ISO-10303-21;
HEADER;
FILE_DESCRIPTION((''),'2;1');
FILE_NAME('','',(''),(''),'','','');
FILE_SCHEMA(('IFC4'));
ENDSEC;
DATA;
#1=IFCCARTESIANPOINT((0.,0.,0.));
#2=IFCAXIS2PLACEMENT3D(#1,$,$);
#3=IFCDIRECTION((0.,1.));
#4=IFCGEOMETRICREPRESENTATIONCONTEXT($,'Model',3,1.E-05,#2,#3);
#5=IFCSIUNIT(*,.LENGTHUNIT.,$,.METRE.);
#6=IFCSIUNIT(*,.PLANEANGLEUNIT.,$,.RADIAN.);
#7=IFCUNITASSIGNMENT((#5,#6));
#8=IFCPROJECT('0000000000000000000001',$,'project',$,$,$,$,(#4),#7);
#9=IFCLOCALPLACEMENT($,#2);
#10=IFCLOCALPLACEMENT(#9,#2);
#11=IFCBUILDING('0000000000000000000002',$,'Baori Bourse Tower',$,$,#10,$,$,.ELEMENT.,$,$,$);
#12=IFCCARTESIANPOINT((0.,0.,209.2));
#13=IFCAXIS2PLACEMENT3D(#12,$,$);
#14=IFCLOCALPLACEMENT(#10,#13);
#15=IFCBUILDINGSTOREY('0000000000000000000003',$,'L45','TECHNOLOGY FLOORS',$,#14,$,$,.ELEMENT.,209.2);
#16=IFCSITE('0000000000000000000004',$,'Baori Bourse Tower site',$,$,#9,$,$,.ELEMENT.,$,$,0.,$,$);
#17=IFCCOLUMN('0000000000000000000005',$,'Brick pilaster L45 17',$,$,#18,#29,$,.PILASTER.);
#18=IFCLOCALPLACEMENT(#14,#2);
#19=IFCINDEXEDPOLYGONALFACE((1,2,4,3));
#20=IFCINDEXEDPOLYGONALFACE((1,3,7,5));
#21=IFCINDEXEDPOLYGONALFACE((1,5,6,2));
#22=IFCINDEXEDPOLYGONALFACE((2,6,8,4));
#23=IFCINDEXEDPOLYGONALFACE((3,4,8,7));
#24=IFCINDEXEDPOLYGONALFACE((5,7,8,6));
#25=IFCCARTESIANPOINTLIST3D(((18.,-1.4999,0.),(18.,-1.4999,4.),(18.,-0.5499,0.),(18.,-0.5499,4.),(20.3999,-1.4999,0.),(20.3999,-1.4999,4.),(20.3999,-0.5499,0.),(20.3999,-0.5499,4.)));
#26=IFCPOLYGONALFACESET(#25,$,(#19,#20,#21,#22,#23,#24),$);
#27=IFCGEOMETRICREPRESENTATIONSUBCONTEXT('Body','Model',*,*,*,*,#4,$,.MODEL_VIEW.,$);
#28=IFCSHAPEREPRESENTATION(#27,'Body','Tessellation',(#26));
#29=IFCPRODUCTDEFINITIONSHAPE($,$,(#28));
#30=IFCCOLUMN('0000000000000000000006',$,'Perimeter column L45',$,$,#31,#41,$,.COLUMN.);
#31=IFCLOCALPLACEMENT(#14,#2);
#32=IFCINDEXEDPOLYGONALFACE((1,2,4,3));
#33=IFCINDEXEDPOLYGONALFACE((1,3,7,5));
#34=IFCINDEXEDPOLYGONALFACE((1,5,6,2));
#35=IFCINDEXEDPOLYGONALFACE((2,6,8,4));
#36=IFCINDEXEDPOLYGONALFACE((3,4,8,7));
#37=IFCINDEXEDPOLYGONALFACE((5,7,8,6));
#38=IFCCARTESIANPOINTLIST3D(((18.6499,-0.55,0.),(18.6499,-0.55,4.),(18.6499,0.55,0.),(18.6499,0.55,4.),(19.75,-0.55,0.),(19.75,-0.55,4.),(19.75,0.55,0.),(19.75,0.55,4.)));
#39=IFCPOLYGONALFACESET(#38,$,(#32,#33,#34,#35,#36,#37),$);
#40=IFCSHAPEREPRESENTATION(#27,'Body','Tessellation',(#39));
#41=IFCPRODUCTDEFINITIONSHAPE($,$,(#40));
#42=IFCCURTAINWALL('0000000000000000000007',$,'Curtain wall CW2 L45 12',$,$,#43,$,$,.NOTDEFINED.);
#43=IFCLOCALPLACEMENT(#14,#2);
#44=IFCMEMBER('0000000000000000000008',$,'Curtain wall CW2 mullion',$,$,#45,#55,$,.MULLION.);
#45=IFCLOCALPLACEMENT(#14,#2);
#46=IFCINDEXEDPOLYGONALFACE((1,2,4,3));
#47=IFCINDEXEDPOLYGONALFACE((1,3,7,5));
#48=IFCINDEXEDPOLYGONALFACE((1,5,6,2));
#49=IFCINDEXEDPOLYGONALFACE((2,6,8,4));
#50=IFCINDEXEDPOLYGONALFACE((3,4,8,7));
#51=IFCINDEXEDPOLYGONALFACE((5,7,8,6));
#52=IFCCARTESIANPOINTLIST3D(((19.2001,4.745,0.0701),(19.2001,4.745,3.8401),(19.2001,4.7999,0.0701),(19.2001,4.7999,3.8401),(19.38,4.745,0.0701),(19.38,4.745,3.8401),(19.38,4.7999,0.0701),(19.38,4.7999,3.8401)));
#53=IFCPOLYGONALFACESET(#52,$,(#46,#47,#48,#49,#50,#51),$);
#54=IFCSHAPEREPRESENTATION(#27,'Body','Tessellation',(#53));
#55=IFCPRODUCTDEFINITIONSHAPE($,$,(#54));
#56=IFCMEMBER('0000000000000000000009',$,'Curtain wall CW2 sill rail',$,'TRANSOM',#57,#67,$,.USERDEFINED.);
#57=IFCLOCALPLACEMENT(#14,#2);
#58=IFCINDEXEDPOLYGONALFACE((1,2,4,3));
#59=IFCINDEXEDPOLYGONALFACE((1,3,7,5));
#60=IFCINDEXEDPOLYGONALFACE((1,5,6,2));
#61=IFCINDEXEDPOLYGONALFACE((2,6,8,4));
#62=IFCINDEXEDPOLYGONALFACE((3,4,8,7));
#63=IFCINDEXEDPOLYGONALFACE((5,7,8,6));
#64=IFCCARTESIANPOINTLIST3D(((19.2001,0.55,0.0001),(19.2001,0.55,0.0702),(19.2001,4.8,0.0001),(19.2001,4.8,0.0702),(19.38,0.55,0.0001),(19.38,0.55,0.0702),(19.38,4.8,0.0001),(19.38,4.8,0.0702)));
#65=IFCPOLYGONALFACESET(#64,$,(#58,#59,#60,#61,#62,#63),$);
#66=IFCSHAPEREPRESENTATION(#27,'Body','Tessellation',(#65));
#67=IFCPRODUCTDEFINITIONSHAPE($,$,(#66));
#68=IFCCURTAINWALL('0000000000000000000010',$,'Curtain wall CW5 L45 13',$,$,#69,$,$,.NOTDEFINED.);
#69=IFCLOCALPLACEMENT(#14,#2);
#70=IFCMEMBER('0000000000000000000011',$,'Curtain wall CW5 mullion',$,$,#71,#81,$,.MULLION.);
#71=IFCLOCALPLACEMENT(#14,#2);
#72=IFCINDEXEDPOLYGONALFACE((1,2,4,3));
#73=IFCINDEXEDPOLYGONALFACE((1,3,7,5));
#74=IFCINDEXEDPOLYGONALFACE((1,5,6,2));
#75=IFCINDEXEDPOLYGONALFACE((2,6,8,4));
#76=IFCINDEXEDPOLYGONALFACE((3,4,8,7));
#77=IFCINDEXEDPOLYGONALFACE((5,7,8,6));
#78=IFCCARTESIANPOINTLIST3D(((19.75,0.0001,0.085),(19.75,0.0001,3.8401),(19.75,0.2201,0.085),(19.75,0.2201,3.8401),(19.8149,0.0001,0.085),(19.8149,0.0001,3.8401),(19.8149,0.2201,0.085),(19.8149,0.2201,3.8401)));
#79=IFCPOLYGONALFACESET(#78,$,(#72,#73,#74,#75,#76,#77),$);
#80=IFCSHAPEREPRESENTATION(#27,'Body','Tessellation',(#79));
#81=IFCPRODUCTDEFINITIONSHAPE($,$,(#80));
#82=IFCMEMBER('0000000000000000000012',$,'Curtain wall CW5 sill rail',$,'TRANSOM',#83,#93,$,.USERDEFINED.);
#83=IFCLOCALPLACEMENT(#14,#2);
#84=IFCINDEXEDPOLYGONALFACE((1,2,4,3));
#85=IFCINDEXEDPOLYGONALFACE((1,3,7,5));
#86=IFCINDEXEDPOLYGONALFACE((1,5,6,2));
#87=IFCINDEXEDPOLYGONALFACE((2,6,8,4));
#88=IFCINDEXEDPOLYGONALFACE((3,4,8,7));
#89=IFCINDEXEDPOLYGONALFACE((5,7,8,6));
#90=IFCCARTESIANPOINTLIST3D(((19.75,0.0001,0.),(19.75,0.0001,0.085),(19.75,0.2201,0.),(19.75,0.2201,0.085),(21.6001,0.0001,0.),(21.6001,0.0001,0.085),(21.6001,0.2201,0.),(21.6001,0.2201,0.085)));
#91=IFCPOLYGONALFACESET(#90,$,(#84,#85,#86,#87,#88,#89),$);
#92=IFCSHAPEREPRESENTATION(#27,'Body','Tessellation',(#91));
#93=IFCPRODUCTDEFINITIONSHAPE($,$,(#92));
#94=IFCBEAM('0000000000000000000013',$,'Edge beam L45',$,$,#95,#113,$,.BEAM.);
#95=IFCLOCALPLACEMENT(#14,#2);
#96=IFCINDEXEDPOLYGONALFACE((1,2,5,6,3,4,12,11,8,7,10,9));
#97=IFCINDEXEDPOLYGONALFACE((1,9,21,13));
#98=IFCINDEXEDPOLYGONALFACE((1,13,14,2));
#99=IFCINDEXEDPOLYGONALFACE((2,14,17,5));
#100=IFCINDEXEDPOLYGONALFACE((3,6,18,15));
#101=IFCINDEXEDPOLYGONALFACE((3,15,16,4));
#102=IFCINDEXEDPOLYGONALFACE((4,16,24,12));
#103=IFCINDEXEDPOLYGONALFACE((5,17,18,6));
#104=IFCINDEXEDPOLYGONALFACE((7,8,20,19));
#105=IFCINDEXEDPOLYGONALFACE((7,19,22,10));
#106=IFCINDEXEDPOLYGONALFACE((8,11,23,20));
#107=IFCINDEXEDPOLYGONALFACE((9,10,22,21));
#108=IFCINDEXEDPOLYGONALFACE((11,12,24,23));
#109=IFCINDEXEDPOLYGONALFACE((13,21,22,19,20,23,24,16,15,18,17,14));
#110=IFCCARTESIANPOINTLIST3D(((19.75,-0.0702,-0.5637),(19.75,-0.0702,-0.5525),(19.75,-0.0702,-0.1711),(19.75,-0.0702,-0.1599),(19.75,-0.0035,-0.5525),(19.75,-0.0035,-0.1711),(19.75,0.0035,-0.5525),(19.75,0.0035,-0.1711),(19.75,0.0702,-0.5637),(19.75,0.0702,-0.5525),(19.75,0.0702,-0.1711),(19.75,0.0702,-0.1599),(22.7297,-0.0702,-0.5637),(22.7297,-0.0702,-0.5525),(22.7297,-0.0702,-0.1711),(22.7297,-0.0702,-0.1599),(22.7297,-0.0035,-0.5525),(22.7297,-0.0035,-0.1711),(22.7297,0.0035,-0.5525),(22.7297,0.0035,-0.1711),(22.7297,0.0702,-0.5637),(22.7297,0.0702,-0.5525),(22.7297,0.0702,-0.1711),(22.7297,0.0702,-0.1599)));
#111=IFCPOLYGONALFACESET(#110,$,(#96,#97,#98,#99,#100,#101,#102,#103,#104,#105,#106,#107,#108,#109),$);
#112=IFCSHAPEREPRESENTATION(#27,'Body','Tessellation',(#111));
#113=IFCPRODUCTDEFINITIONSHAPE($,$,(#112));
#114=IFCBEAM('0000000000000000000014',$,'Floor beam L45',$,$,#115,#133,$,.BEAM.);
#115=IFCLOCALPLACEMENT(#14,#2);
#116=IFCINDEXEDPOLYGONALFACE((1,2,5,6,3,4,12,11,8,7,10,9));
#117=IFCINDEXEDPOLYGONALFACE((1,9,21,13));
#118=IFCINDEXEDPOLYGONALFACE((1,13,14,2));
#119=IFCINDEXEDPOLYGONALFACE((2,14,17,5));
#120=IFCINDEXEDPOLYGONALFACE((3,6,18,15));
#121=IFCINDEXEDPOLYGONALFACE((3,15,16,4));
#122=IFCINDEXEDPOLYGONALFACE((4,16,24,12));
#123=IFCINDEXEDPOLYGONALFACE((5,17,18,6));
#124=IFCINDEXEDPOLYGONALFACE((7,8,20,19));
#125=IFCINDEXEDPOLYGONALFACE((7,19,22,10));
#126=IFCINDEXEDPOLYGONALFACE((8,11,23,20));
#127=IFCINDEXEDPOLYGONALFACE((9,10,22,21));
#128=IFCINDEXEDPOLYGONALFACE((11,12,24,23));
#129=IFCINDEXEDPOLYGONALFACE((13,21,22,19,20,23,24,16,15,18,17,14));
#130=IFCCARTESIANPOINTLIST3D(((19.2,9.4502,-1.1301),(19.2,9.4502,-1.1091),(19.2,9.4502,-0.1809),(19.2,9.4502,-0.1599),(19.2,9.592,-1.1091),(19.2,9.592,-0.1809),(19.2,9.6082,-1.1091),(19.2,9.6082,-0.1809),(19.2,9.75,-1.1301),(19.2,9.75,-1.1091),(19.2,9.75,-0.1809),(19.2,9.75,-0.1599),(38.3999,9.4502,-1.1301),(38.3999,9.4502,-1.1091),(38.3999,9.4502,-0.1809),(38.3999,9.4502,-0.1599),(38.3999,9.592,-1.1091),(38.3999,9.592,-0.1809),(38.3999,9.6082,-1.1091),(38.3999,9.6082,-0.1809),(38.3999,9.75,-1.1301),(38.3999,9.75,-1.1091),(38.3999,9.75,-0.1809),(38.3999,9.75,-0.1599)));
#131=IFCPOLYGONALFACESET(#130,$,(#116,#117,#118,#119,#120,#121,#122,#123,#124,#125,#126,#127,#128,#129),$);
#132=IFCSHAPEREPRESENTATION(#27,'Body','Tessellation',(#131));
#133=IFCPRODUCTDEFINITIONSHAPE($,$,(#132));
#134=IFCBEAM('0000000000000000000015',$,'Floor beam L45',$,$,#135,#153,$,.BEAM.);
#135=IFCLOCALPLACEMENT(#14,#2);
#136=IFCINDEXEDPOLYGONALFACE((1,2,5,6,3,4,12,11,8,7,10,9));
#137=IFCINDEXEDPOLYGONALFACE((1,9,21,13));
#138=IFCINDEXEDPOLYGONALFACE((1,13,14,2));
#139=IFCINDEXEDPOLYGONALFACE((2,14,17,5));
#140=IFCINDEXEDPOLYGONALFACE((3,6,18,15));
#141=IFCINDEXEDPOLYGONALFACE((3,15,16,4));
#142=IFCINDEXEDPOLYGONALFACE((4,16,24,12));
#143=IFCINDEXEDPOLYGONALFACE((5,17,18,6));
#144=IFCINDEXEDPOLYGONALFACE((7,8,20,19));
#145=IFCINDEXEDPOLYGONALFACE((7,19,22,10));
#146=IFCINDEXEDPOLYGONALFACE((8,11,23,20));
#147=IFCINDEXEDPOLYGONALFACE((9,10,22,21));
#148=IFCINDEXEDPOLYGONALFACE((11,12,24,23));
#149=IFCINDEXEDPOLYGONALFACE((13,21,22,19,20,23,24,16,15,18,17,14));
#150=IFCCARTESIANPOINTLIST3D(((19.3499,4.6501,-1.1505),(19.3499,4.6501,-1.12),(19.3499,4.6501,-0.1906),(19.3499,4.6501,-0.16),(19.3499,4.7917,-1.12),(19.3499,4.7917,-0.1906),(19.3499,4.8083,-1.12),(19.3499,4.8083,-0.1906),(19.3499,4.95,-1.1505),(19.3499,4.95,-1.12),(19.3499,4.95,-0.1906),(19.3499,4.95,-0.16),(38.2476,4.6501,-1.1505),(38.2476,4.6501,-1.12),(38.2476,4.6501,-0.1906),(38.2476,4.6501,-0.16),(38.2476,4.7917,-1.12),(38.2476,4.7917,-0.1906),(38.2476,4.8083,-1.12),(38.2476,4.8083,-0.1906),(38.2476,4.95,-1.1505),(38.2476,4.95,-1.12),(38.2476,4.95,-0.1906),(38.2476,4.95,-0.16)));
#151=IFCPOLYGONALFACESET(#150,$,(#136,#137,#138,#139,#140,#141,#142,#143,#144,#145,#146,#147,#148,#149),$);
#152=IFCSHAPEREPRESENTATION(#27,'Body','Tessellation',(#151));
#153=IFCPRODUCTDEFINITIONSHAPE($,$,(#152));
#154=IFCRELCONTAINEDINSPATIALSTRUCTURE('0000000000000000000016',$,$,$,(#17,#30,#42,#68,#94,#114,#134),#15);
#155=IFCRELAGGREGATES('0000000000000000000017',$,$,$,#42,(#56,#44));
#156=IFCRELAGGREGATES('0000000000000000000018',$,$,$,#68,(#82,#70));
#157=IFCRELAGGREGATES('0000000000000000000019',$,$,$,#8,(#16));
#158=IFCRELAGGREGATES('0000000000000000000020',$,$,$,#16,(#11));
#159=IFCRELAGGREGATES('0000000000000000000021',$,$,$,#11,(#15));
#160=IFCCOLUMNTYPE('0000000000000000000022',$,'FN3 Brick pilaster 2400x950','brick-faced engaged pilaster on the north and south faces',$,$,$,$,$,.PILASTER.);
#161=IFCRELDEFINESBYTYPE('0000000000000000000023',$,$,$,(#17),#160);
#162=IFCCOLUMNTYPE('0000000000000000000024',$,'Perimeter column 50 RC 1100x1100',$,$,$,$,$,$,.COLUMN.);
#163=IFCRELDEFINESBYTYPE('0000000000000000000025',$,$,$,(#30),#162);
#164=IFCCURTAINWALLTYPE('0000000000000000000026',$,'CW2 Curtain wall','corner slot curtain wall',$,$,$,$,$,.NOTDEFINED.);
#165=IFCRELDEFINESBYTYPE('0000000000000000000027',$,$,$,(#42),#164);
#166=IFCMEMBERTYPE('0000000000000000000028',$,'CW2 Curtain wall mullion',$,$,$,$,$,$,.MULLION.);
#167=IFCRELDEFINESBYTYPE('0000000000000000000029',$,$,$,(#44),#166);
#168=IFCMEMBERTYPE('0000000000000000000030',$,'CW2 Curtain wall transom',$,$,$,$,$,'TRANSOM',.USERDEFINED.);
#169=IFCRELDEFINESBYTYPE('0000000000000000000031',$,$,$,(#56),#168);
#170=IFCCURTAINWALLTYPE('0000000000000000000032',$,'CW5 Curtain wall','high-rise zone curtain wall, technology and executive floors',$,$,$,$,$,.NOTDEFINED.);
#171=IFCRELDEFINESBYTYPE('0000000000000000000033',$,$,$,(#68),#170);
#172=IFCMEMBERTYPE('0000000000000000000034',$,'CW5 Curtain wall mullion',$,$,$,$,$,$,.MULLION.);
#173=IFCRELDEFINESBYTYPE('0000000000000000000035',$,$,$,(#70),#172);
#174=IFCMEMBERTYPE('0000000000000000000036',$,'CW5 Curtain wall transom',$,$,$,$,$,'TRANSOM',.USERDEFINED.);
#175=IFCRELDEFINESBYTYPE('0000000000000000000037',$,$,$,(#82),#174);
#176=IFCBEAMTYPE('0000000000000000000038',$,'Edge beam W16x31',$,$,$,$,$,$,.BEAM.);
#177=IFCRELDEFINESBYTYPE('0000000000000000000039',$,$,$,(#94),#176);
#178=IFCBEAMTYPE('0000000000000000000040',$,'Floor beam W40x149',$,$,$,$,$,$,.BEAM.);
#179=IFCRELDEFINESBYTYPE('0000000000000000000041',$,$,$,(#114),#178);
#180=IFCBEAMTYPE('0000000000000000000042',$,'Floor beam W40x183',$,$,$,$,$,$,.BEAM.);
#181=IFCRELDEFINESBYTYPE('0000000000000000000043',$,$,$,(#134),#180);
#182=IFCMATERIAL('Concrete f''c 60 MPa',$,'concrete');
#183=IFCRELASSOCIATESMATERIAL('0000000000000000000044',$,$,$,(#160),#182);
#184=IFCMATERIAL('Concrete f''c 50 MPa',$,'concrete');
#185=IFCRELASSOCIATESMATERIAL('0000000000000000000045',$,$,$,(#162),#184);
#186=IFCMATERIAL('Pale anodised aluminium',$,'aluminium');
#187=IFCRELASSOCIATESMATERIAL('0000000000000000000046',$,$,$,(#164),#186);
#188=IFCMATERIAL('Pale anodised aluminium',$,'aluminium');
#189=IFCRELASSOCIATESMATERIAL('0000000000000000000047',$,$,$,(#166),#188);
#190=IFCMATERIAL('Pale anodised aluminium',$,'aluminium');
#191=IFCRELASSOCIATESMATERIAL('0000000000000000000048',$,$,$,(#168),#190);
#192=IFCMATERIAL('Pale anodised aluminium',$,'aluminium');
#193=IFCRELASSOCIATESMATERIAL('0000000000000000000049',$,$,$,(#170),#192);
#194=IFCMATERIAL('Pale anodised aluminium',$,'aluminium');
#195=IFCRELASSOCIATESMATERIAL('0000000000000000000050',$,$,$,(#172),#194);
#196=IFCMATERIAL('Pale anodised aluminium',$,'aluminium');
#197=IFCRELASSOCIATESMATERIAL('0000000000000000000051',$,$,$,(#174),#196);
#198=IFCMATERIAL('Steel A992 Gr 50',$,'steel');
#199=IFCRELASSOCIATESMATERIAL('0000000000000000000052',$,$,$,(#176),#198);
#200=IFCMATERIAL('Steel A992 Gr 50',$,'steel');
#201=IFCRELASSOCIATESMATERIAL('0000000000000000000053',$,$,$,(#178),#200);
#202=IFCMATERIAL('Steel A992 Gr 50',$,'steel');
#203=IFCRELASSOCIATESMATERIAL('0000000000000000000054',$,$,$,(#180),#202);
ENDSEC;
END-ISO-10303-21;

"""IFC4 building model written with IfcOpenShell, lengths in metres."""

from ifc_helpers import new_model, si_unit, direction, frame, origin, origin_2d, place, context, subcontext, project, spatial, rectangle, i_section, extrude, material, material_profile, profile_set, type_object, element, aggregate, save


model = new_model("IFC4")

# Units and contexts
model_context = context("Model", 3, precision=1e-05, world=origin(), true_north=direction((0.0, 1.0)))
body_context = subcontext(model_context, "Body", "Model", "MODEL_VIEW")
ifc_project = project(units=[si_unit("LENGTHUNIT", "METRE"), si_unit("PLANEANGLEUNIT", "RADIAN")], contexts=[model_context])

# Site, building, storey
site_placement = place(None, origin())
site = spatial("IfcSite", under=ifc_project, at=site_placement, Name="Baori Bourse Tower site", CompositionType="ELEMENT", RefElevation=0.0)
building_placement = place(site_placement, origin())
building = spatial("IfcBuilding", under=site, at=building_placement, Name="Baori Bourse Tower", CompositionType="ELEMENT")
storey_placement = place(building_placement, frame((0.0, 0.0, 209.2)))
storey = spatial("IfcBuildingStorey", under=building, at=storey_placement, Name="L45", Description="TECHNOLOGY FLOORS", CompositionType="ELEMENT", Elevation=209.2)

# Columns
ifc_material_1 = material(Name="Concrete f'c 60 MPa", Category="concrete")
ifc_material_profile_1 = material_profile(ifc_material_1, rectangle(XDim=2.3999, YDim=0.95, at=origin_2d()), Name="RC 2400x950")
ifc_profile_set_1 = profile_set([ifc_material_profile_1], Name="Concrete f'c 60 MPa")
column_type_1 = type_object("IfcColumnType", Name="FN3 Brick pilaster 2400x950", Description="brick-faced engaged pilaster on the north and south faces", PredefinedType="PILASTER", material=ifc_profile_set_1)
column_1_placement = place(storey_placement, frame((19.2, -1.0249, 0.0), z_axis=(0.0, 0.0, 1.0), x_axis=(1.0, 0.0, 0.0)))
element("IfcColumn", 1, at=column_1_placement, inside=storey, type_object=column_type_1, Name="Brick pilaster L45 17", PredefinedType="PILASTER", context=body_context, shape_type="SweptSolid", body=[
    extrude(rectangle(XDim=2.3999, YDim=0.95, at=origin_2d()), origin(), (0.0, 0.0, 1.0), 4.0),
])
ifc_material_2 = material(Name="Concrete f'c 50 MPa", Category="concrete")
ifc_material_profile_2 = material_profile(ifc_material_2, rectangle(XDim=1.1001, YDim=1.1001, at=origin_2d()), Name="RC 1100x1100")
ifc_profile_set_2 = profile_set([ifc_material_profile_2], Name="Concrete f'c 50 MPa")
column_type_2 = type_object("IfcColumnType", Name="Perimeter column 50 RC 1100x1100", PredefinedType="COLUMN", material=ifc_profile_set_2)
column_2_placement = place(storey_placement, frame((19.2, 0.0, 0.0), z_axis=(0.0, 0.0, 1.0), x_axis=(1.0, 0.0, 0.0)))
element("IfcColumn", 2, at=column_2_placement, inside=storey, type_object=column_type_2, Name="Perimeter column L45", PredefinedType="COLUMN", context=body_context, shape_type="SweptSolid", body=[
    extrude(rectangle(XDim=1.1001, YDim=1.1001, at=origin_2d()), origin(), (0.0, 0.0, 1.0), 4.0),
])

# Curtain walls, members
ifc_material_3 = material(Name="Pale anodised aluminium", Category="aluminium")
curtain_wall_type_1 = type_object("IfcCurtainWallType", Name="CW2 Curtain wall", Description="corner slot curtain wall", PredefinedType="NOTDEFINED", material=ifc_material_3)
curtain_wall_1_placement = place(storey_placement, origin())
curtain_wall_1 = element("IfcCurtainWall", 3, at=curtain_wall_1_placement, inside=storey, type_object=curtain_wall_type_1, Name="Curtain wall CW2 L45 12", PredefinedType="NOTDEFINED")
ifc_material_4 = material(Name="Pale anodised aluminium", Category="aluminium")
ifc_material_profile_3 = material_profile(ifc_material_4, rectangle(XDim=0.1799, YDim=0.0549, at=origin_2d()), Name="Mullion 55x180")
ifc_profile_set_3 = profile_set([ifc_material_profile_3], Name="Pale anodised aluminium")
member_type_1 = type_object("IfcMemberType", Name="CW2 Curtain wall mullion", PredefinedType="MULLION", material=ifc_profile_set_3)
member_1_placement = place(storey_placement, frame((19.29, 4.7725, 0.0701), z_axis=(0.0, 0.0, 1.0), x_axis=(1.0, 0.0, 0.0)))
member_1 = element("IfcMember", 4, at=member_1_placement, type_object=member_type_1, Name="Curtain wall CW2 mullion", PredefinedType="MULLION", context=body_context, shape_type="SweptSolid", body=[
    extrude(rectangle(XDim=0.1799, YDim=0.0549, at=origin_2d()), origin(), (0.0, 0.0, 1.0), 3.77),
])
ifc_material_5 = material(Name="Pale anodised aluminium", Category="aluminium")
ifc_material_profile_4 = material_profile(ifc_material_5, rectangle(XDim=0.1799, YDim=0.0701, at=origin_2d()), Name="Transom 70x180")
ifc_profile_set_4 = profile_set([ifc_material_profile_4], Name="Pale anodised aluminium")
member_type_2 = type_object("IfcMemberType", Name="CW2 Curtain wall transom", ElementType="TRANSOM", PredefinedType="USERDEFINED", material=ifc_profile_set_4)
member_2_placement = place(storey_placement, frame((19.29, 4.8, 0.0352), z_axis=(0.0, -1.0, 0.0), x_axis=(1.0, 0.0, 0.0)))
member_2 = element("IfcMember", 5, at=member_2_placement, type_object=member_type_2, Name="Curtain wall CW2 sill rail", ObjectType="TRANSOM", PredefinedType="USERDEFINED", context=body_context, shape_type="SweptSolid", body=[
    extrude(rectangle(XDim=0.1799, YDim=0.0701, at=origin_2d()), origin(), (0.0, 0.0, 1.0), 4.25),
])
ifc_material_6 = material(Name="Pale anodised aluminium", Category="aluminium")
curtain_wall_type_2 = type_object("IfcCurtainWallType", Name="CW5 Curtain wall", Description="high-rise zone curtain wall, technology and executive floors", PredefinedType="NOTDEFINED", material=ifc_material_6)
curtain_wall_2_placement = place(storey_placement, origin())
curtain_wall_2 = element("IfcCurtainWall", 6, at=curtain_wall_2_placement, inside=storey, type_object=curtain_wall_type_2, Name="Curtain wall CW5 L45 13", PredefinedType="NOTDEFINED")
ifc_material_7 = material(Name="Pale anodised aluminium", Category="aluminium")
ifc_material_profile_5 = material_profile(ifc_material_7, rectangle(XDim=0.22, YDim=0.0649, at=origin_2d()), Name="Mullion 65x220")
ifc_profile_set_5 = profile_set([ifc_material_profile_5], Name="Pale anodised aluminium")
member_type_3 = type_object("IfcMemberType", Name="CW5 Curtain wall mullion", PredefinedType="MULLION", material=ifc_profile_set_5)
member_3_placement = place(storey_placement, frame((19.7825, 0.1101, 0.085), z_axis=(0.0, 0.0, 1.0), x_axis=(0.0, 1.0, 0.0)))
member_3 = element("IfcMember", 7, at=member_3_placement, type_object=member_type_3, Name="Curtain wall CW5 mullion", PredefinedType="MULLION", context=body_context, shape_type="SweptSolid", body=[
    extrude(rectangle(XDim=0.22, YDim=0.0649, at=origin_2d()), origin(), (0.0, 0.0, 1.0), 3.7551),
])
ifc_material_8 = material(Name="Pale anodised aluminium", Category="aluminium")
ifc_material_profile_6 = material_profile(ifc_material_8, rectangle(XDim=0.22, YDim=0.085, at=origin_2d()), Name="Transom 85x220")
ifc_profile_set_6 = profile_set([ifc_material_profile_6], Name="Pale anodised aluminium")
member_type_4 = type_object("IfcMemberType", Name="CW5 Curtain wall transom", ElementType="TRANSOM", PredefinedType="USERDEFINED", material=ifc_profile_set_6)
member_4_placement = place(storey_placement, frame((19.75, 0.1101, 0.0425), z_axis=(1.0, 0.0, 0.0), x_axis=(0.0, 1.0, 0.0)))
member_4 = element("IfcMember", 8, at=member_4_placement, type_object=member_type_4, Name="Curtain wall CW5 sill rail", ObjectType="TRANSOM", PredefinedType="USERDEFINED", context=body_context, shape_type="SweptSolid", body=[
    extrude(rectangle(XDim=0.22, YDim=0.085, at=origin_2d()), origin(), (0.0, 0.0, 1.0), 1.8501),
])

# Beams
ifc_material_9 = material(Name="Steel A992 Gr 50", Category="steel")
ifc_material_profile_7 = material_profile(ifc_material_9, i_section(OverallWidth=0.1404, OverallDepth=0.4038, WebThickness=0.0071, FlangeThickness=0.0112, at=origin_2d()), Name="W16x31")
ifc_profile_set_7 = profile_set([ifc_material_profile_7], Name="Steel A992 Gr 50")
beam_type_1 = type_object("IfcBeamType", Name="Edge beam W16x31", PredefinedType="BEAM", material=ifc_profile_set_7)
beam_1_placement = place(storey_placement, frame((19.75, 0.0, -0.3618), z_axis=(1.0, 0.0, 0.0), x_axis=(0.0, 1.0, 0.0)))
element("IfcBeam", 9, at=beam_1_placement, inside=storey, type_object=beam_type_1, Name="Edge beam L45", PredefinedType="BEAM", context=body_context, shape_type="SweptSolid", body=[
    extrude(i_section(OverallWidth=0.1404, OverallDepth=0.4038, WebThickness=0.0071, FlangeThickness=0.0112, at=origin_2d()), origin(), (0.0, 0.0, 1.0), 2.9797),
])
ifc_material_10 = material(Name="Steel A992 Gr 50", Category="steel")
ifc_material_profile_8 = material_profile(ifc_material_10, i_section(OverallWidth=0.2998, OverallDepth=0.9702, WebThickness=0.0161, FlangeThickness=0.021, at=origin_2d()), Name="W40x149")
ifc_profile_set_8 = profile_set([ifc_material_profile_8], Name="Steel A992 Gr 50")
beam_type_2 = type_object("IfcBeamType", Name="Floor beam W40x149", PredefinedType="BEAM", material=ifc_profile_set_8)
beam_2_placement = place(storey_placement, frame((19.2, 9.6001, -0.645), z_axis=(1.0, 0.0, 0.0), x_axis=(0.0, 1.0, 0.0)))
element("IfcBeam", 10, at=beam_2_placement, inside=storey, type_object=beam_type_2, Name="Floor beam L45", PredefinedType="BEAM", context=body_context, shape_type="SweptSolid", body=[
    extrude(i_section(OverallWidth=0.2998, OverallDepth=0.9702, WebThickness=0.0161, FlangeThickness=0.021, at=origin_2d()), origin(), (0.0, 0.0, 1.0), 19.2),
])
ifc_material_11 = material(Name="Steel A992 Gr 50", Category="steel")
ifc_material_profile_9 = material_profile(ifc_material_11, i_section(OverallWidth=0.2998, OverallDepth=0.9905, WebThickness=0.0166, FlangeThickness=0.0305, at=origin_2d()), Name="W40x183")
ifc_profile_set_9 = profile_set([ifc_material_profile_9], Name="Steel A992 Gr 50")
beam_type_3 = type_object("IfcBeamType", Name="Floor beam W40x183", PredefinedType="BEAM", material=ifc_profile_set_9)
beam_3_placement = place(storey_placement, frame((19.3499, 4.8, -0.6553), z_axis=(1.0, 0.0, 0.0), x_axis=(0.0, 1.0, 0.0)))
element("IfcBeam", 11, at=beam_3_placement, inside=storey, type_object=beam_type_3, Name="Floor beam L45", PredefinedType="BEAM", context=body_context, shape_type="SweptSolid", body=[
    extrude(i_section(OverallWidth=0.2998, OverallDepth=0.9905, WebThickness=0.0166, FlangeThickness=0.0305, at=origin_2d()), origin(), (0.0, 0.0, 1.0), 18.8977),
])

aggregate(curtain_wall_1, [member_2, member_1])
aggregate(curtain_wall_2, [member_4, member_3])

save(model, "model.ifc")
